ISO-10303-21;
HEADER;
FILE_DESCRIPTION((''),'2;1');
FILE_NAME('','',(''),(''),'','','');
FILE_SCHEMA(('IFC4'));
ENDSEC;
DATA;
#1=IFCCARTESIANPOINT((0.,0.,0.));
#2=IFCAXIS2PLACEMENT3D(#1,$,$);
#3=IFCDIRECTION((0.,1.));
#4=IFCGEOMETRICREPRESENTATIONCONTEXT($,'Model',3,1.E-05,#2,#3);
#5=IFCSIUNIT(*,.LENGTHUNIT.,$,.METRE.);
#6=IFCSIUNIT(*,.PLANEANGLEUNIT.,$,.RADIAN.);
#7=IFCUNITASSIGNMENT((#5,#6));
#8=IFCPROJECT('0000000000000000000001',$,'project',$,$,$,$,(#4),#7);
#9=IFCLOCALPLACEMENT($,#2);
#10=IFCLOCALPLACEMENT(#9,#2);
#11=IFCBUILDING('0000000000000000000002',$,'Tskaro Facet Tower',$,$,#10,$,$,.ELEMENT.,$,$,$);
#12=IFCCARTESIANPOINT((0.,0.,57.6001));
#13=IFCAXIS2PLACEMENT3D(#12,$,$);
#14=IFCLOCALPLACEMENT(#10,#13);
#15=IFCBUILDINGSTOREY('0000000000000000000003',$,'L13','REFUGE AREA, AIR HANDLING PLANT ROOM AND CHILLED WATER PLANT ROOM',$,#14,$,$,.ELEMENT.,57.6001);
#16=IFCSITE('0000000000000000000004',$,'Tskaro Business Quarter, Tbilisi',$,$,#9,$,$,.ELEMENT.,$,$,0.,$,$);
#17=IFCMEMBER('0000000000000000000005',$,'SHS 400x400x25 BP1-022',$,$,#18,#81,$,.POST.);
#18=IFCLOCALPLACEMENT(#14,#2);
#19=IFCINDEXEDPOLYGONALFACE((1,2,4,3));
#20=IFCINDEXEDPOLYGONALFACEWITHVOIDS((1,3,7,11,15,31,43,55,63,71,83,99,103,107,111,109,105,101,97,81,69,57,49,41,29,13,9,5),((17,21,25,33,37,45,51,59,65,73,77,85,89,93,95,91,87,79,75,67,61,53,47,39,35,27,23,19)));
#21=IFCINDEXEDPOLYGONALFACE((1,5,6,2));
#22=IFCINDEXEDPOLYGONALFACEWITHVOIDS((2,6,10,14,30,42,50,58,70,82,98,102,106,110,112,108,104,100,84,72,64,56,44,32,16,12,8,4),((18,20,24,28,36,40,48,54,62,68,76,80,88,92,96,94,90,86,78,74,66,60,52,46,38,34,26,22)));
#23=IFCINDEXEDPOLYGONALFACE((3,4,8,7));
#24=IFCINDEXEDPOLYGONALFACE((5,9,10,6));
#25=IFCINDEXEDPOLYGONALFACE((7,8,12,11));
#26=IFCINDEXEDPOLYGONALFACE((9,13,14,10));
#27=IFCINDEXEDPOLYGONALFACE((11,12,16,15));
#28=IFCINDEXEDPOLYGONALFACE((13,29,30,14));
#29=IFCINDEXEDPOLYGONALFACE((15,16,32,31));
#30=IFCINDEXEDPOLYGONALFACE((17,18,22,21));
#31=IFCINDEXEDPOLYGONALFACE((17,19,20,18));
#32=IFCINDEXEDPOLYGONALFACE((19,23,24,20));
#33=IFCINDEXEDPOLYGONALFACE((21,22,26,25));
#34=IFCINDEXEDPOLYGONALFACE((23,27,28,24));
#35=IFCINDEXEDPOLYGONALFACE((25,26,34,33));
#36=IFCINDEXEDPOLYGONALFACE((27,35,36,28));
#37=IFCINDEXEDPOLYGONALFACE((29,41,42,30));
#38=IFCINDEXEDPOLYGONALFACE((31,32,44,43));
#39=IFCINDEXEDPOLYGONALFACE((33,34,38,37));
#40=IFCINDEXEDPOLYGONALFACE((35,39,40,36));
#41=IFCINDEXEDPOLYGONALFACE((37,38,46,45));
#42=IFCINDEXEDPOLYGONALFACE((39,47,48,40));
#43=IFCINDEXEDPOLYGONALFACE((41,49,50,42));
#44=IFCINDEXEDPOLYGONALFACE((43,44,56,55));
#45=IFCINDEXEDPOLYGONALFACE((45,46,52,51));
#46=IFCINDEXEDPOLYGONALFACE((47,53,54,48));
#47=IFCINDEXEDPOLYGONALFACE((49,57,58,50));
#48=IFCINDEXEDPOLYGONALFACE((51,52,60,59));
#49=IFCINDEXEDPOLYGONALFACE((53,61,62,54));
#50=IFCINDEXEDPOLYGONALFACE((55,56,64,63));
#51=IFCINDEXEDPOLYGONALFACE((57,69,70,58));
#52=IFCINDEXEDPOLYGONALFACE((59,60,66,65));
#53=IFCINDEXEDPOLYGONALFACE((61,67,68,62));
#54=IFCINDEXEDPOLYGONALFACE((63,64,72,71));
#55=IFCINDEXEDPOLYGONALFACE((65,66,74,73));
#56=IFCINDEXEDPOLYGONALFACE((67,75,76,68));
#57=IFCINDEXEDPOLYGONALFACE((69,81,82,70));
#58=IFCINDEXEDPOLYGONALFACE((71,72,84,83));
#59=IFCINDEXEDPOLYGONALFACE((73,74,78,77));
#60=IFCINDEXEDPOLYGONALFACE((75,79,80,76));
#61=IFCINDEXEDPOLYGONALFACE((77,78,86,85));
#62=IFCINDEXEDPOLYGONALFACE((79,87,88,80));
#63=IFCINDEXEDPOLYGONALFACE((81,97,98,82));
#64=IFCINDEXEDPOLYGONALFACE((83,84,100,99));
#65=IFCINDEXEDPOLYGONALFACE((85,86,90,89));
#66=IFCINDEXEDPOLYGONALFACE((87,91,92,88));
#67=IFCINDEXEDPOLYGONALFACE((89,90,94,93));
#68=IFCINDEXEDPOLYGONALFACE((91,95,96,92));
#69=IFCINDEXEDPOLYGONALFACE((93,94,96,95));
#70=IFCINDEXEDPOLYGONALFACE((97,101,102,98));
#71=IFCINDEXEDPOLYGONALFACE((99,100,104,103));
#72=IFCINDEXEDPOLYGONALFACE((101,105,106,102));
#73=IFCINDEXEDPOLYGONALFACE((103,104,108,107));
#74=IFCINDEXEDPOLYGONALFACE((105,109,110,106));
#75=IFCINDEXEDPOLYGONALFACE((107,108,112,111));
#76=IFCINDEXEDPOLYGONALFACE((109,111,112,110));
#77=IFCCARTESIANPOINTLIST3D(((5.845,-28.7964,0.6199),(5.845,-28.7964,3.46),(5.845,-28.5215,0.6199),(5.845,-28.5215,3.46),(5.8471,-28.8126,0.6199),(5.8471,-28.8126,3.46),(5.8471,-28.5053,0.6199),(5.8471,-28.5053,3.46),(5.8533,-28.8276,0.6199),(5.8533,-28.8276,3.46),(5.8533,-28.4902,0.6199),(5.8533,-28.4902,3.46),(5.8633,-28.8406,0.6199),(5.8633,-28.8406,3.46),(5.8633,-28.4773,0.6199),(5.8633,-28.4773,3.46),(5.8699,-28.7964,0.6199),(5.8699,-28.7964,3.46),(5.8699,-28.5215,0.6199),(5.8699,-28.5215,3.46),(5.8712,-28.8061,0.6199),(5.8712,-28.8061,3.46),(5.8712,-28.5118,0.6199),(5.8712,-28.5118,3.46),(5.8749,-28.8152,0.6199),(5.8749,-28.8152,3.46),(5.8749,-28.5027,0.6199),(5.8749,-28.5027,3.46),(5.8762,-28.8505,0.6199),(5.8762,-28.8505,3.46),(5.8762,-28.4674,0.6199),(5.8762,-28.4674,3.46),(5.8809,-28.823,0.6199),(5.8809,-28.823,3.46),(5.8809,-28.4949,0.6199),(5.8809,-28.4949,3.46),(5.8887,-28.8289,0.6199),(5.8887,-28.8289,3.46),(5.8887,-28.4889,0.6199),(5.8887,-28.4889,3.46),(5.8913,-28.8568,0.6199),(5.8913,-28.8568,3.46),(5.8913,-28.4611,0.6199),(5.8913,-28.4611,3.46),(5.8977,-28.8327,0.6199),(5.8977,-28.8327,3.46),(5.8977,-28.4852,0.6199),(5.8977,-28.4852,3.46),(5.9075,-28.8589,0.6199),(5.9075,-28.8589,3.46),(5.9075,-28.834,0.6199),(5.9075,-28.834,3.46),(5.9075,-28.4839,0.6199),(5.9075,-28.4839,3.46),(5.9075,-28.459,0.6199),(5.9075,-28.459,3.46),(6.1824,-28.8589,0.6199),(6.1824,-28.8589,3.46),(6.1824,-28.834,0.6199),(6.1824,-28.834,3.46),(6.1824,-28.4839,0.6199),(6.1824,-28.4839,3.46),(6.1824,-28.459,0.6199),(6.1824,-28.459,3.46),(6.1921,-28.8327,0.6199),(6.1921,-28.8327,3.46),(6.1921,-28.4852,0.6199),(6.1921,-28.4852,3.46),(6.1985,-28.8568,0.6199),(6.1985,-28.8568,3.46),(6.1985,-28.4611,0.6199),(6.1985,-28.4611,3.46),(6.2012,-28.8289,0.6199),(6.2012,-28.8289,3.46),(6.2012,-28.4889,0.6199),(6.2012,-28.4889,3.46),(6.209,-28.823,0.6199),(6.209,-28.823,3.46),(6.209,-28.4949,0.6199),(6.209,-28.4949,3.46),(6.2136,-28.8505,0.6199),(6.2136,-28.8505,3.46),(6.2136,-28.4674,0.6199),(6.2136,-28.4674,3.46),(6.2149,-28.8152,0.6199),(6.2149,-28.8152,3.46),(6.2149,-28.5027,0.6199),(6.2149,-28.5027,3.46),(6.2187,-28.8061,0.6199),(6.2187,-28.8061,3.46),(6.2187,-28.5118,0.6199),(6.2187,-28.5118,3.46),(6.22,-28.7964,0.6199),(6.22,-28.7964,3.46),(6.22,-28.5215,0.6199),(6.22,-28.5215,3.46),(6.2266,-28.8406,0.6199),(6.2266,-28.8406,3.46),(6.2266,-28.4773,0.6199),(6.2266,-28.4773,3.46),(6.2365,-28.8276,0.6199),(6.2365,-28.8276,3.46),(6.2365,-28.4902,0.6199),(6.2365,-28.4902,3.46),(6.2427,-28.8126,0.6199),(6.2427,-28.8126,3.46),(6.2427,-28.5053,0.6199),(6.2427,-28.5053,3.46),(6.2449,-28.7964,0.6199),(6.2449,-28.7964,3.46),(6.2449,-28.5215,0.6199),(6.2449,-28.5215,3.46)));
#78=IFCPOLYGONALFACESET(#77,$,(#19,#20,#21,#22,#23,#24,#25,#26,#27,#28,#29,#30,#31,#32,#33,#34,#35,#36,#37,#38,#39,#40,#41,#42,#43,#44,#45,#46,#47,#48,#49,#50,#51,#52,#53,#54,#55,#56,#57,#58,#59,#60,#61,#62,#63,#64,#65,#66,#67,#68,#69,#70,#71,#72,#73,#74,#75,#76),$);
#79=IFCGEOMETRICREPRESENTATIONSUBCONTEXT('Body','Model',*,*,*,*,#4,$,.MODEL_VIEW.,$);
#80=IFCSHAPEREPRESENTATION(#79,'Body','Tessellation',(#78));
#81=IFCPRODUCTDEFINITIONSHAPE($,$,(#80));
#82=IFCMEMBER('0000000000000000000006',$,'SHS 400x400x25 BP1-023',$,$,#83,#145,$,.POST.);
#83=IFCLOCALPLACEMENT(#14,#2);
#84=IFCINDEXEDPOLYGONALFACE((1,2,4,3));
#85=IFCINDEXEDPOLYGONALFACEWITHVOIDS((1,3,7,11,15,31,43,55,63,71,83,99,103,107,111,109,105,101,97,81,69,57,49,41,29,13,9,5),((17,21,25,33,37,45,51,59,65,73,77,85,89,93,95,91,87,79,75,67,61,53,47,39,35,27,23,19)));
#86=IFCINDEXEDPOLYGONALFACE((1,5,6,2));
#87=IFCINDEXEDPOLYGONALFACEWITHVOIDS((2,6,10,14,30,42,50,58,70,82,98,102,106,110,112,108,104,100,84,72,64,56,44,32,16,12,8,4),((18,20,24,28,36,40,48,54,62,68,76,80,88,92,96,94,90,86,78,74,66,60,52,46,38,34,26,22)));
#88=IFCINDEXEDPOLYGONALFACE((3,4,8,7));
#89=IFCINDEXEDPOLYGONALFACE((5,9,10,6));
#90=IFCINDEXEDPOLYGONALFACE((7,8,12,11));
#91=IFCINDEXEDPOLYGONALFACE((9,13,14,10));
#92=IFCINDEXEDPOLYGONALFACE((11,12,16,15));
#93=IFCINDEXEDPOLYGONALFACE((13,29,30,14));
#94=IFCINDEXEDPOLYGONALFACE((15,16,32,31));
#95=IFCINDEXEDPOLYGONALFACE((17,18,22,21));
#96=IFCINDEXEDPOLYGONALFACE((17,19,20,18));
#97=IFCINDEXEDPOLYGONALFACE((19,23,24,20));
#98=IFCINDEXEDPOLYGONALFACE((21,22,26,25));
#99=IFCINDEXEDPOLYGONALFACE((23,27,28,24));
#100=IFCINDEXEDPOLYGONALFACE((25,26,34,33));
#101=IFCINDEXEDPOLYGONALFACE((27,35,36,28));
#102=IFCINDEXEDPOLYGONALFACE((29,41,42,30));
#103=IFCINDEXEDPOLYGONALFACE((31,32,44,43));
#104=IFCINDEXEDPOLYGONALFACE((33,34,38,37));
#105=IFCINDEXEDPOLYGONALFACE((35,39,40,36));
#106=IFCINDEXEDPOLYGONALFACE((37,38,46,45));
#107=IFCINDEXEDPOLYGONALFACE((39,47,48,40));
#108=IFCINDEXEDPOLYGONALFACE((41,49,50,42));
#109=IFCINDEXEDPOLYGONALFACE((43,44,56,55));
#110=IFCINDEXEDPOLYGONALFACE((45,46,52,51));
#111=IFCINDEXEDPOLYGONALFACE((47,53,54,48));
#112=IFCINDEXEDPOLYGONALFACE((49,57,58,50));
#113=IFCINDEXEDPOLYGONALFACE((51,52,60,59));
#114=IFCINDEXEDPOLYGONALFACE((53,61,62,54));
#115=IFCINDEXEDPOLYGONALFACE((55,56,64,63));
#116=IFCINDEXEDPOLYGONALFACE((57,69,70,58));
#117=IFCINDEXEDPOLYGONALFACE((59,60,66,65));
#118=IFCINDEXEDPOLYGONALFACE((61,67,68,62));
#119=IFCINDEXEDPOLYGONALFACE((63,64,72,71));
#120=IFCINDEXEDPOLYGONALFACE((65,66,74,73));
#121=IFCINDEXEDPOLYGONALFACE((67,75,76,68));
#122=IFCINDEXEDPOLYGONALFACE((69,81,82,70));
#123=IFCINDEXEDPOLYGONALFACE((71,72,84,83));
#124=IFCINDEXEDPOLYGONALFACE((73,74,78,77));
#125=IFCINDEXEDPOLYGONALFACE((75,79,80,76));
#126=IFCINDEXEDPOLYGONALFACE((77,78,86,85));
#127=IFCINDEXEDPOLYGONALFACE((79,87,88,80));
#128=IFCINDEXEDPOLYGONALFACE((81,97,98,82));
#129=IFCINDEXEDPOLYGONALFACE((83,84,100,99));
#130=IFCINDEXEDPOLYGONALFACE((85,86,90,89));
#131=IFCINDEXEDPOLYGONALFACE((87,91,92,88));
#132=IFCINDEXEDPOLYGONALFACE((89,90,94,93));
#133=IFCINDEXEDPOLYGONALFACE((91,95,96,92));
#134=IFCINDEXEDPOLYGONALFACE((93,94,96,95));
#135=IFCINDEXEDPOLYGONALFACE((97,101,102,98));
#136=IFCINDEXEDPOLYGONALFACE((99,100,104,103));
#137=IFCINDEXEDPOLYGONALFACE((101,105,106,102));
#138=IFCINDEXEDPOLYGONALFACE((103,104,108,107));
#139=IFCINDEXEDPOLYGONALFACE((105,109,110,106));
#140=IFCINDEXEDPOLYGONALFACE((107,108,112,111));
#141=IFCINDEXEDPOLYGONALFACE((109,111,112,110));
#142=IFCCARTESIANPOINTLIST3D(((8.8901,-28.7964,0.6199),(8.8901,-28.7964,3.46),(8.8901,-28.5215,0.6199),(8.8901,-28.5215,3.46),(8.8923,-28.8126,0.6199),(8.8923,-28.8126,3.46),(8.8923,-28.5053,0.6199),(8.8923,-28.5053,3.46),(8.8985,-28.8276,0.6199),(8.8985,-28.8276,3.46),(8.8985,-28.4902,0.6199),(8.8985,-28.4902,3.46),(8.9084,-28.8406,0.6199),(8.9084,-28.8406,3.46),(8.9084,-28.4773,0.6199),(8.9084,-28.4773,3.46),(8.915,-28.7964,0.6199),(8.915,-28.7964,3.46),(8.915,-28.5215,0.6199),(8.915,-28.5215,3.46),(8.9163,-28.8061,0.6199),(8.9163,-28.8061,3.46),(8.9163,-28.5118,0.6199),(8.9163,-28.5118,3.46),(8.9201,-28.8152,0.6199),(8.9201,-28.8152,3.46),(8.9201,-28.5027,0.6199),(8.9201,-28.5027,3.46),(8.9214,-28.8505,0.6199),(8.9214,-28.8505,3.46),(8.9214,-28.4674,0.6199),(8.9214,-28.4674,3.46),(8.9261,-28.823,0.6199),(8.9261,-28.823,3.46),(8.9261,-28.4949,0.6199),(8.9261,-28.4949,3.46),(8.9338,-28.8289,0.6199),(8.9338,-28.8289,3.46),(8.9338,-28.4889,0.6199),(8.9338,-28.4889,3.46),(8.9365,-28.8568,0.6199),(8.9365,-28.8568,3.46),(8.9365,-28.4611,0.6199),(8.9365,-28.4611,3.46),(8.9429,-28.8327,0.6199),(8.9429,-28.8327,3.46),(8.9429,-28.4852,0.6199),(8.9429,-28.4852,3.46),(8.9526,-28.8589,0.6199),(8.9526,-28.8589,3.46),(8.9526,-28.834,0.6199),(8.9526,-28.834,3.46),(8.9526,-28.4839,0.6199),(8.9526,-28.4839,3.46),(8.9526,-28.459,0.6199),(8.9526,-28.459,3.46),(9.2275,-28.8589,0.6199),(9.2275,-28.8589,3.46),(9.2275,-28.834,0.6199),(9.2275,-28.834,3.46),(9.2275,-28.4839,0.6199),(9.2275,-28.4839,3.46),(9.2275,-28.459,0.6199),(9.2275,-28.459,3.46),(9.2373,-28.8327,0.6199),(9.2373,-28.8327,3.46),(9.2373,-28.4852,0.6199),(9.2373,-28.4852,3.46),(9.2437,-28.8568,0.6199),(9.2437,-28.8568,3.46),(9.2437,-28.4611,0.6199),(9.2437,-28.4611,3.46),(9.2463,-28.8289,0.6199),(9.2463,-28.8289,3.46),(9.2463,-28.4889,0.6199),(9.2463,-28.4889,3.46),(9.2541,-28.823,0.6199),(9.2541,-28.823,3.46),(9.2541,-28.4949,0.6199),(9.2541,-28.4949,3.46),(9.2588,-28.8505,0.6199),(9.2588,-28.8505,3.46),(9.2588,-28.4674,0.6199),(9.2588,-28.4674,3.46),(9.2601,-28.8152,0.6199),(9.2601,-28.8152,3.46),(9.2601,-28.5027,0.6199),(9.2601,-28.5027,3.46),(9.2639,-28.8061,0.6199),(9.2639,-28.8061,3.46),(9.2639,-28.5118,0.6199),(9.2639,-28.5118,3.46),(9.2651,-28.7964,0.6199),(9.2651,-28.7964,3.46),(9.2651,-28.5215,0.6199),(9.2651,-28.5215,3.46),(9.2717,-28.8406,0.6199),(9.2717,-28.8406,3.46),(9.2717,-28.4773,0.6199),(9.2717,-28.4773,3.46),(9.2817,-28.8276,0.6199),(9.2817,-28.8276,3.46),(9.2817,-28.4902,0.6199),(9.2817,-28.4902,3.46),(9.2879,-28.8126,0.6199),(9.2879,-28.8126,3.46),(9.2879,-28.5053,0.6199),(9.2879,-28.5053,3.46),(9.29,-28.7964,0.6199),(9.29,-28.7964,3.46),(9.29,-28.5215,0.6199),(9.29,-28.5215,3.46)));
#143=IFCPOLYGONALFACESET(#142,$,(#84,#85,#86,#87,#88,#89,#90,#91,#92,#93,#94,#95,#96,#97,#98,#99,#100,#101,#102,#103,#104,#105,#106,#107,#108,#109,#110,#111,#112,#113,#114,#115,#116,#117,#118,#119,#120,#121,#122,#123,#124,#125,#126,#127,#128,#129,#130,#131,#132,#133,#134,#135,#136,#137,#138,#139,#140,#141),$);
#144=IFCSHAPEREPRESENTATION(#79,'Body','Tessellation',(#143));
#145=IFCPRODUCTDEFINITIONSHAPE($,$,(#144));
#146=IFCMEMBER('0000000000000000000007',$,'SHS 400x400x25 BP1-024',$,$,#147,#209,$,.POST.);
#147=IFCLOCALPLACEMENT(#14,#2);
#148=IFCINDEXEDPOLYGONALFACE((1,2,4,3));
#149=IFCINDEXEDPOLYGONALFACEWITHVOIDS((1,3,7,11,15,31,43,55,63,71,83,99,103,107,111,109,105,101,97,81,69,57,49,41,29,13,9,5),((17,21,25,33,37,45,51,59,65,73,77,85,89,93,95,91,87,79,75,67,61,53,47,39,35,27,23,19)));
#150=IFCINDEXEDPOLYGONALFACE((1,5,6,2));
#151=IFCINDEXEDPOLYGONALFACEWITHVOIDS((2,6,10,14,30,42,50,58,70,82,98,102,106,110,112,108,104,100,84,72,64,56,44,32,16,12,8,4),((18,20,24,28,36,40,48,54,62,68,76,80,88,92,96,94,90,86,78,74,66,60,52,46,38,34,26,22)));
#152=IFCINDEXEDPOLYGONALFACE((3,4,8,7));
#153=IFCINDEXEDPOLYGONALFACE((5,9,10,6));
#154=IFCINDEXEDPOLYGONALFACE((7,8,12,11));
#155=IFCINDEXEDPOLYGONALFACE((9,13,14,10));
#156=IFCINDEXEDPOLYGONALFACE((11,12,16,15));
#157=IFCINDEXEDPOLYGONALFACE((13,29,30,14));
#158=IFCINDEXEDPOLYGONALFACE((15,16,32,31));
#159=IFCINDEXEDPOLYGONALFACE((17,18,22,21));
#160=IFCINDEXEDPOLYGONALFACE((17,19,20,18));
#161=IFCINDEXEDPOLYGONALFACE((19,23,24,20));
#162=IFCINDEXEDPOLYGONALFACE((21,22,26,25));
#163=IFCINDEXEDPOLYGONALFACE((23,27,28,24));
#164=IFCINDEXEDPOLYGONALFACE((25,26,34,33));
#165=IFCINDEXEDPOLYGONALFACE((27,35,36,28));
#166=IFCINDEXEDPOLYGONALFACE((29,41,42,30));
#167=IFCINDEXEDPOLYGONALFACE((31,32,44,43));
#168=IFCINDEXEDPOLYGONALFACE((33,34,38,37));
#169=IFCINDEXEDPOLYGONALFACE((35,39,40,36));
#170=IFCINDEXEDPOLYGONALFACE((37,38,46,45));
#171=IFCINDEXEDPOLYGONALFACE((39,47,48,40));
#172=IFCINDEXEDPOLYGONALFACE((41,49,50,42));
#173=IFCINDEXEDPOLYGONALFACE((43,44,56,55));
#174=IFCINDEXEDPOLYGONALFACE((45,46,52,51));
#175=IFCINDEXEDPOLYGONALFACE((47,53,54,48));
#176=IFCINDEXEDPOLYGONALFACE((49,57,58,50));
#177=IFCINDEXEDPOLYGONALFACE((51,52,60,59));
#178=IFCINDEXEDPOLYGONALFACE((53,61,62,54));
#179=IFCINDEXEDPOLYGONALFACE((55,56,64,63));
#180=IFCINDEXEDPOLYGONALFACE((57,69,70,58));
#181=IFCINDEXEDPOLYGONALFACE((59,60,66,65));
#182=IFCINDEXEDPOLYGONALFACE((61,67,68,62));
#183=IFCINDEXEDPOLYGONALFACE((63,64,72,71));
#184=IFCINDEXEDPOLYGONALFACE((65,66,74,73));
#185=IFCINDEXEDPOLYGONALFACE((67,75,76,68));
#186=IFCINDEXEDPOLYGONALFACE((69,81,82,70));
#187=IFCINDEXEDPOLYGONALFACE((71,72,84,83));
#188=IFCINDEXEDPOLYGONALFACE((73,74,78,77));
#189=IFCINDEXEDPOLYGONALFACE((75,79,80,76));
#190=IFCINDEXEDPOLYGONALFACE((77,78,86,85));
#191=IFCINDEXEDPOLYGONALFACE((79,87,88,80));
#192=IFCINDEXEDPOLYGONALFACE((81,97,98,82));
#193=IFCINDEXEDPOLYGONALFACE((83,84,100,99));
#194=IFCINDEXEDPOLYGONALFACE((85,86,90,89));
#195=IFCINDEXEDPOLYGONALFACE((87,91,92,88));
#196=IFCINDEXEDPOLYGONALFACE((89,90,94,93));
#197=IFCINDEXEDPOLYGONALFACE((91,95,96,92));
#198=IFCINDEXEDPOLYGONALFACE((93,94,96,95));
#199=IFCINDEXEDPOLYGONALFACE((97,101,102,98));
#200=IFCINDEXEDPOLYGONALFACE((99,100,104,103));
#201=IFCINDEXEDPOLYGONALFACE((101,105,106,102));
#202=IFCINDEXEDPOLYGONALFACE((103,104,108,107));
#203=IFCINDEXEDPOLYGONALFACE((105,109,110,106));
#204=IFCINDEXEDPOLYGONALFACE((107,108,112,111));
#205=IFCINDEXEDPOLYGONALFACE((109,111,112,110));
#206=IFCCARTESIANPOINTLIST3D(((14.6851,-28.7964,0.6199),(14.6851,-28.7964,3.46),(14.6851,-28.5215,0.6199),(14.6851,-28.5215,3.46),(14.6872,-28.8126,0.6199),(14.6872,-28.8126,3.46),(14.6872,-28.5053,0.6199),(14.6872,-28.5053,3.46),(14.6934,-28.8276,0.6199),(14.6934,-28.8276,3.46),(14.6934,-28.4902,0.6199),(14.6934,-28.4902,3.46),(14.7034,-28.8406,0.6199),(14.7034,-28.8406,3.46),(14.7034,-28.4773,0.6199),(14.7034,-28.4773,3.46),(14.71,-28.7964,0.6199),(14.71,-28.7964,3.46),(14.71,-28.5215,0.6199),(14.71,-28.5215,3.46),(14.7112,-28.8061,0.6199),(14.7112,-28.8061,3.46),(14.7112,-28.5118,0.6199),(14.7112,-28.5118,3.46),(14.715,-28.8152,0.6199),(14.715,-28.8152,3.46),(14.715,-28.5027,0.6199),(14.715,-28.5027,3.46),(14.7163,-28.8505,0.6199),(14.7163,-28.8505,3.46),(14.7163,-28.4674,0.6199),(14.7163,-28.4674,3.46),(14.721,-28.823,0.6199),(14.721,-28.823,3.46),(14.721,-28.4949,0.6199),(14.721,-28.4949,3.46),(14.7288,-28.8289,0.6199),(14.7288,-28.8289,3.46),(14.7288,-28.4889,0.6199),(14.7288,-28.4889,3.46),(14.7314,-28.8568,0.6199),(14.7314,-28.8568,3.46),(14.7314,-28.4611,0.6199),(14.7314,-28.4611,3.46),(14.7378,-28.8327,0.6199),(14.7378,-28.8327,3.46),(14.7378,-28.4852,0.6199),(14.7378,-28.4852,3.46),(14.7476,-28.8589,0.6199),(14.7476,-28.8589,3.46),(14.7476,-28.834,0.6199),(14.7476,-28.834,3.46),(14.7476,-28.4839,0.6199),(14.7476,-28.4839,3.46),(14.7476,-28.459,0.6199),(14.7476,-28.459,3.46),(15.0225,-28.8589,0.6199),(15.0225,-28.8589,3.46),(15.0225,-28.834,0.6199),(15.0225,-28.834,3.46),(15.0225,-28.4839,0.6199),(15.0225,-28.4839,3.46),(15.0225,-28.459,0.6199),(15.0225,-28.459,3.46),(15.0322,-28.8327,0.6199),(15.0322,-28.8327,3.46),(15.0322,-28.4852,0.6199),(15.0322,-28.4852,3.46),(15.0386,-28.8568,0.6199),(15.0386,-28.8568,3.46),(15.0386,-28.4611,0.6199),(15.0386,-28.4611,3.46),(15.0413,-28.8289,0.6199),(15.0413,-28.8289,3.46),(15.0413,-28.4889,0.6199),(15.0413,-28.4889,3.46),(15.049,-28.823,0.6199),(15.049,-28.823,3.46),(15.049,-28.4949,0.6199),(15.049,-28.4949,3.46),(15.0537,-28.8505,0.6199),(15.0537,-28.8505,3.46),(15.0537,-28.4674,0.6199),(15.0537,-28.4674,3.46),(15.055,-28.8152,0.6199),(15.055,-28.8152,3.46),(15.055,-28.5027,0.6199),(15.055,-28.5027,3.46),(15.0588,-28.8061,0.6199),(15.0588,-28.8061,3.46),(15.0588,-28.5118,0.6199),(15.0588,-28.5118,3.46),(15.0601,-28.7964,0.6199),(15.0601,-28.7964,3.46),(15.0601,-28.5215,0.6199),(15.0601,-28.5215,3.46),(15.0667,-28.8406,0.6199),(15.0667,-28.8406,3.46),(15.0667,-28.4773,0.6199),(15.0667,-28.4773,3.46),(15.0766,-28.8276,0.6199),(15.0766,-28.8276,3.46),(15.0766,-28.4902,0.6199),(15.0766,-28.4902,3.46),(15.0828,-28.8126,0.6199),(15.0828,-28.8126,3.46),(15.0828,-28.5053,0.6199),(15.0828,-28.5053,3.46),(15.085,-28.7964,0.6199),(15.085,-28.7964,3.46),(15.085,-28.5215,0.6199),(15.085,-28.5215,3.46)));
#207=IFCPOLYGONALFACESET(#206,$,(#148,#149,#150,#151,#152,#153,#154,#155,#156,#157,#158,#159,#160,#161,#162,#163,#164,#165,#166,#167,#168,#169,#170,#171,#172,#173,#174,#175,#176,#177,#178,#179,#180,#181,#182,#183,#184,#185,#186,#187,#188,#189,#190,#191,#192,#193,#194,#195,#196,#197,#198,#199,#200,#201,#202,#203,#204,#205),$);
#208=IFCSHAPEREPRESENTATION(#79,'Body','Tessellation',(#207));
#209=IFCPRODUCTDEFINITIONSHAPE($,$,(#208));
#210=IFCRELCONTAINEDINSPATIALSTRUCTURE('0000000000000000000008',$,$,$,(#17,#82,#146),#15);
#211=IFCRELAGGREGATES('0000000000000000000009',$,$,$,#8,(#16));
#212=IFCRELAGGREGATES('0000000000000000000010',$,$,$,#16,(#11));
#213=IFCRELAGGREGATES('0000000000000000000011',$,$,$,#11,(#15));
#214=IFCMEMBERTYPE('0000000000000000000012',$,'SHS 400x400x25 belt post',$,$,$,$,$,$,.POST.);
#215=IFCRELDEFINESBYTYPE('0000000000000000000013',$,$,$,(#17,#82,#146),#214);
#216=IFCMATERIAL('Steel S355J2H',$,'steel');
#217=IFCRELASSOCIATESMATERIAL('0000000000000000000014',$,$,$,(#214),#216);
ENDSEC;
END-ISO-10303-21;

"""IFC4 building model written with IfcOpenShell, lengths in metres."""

from ifc_helpers import new_model, si_unit, direction, frame, origin, origin_2d, place, context, subcontext, project, spatial, hollow_rectangle, extrude, material, material_profile, profile_set, type_object, element, save


model = new_model("IFC4")

# Units and contexts
model_context = context("Model", 3, precision=1e-05, world=origin(), true_north=direction((0.0, 1.0)))
body_context = subcontext(model_context, "Body", "Model", "MODEL_VIEW")
ifc_project = project(units=[si_unit("LENGTHUNIT", "METRE"), si_unit("PLANEANGLEUNIT", "RADIAN")], contexts=[model_context])

# Site, building, storey
site_placement = place(None, origin())
site = spatial("IfcSite", under=ifc_project, at=site_placement, Name="Tskaro Business Quarter, Tbilisi", CompositionType="ELEMENT", RefElevation=0.0)
building_placement = place(site_placement, origin())
building = spatial("IfcBuilding", under=site, at=building_placement, Name="Tskaro Facet Tower", CompositionType="ELEMENT")
storey_placement = place(building_placement, frame((0.0, 0.0, 57.6001)))
storey = spatial("IfcBuildingStorey", under=building, at=storey_placement, Name="L13", Description="REFUGE AREA, AIR HANDLING PLANT ROOM AND CHILLED WATER PLANT ROOM", CompositionType="ELEMENT", Elevation=57.6001)

# Shared definitions
ifc_material_1 = material(Name="Steel S355J2H", Category="steel")

# Members
ifc_material_profile_1 = material_profile(ifc_material_1, hollow_rectangle(XDim=0.3999, YDim=0.3999, WallThickness=0.0249, InnerFilletRadius=0.0376, OuterFilletRadius=0.0625, at=origin_2d()), Name="SHS 400x400x25")
ifc_profile_set_1 = profile_set([ifc_material_profile_1], Name="Steel S355J2H")
member_type_1 = type_object("IfcMemberType", Name="SHS 400x400x25 belt post", PredefinedType="POST", material=ifc_profile_set_1)
for number, where, z_axis, x_axis, name in (
    (1, (6.0449, -28.6589, 0.6199), (0.0, 0.0, 1.0), (1.0, 0.0, 0.0), "SHS 400x400x25 BP1-022"),
    (2, (9.0901, -28.6589, 0.6199), (0.0, 0.0, 1.0), (1.0, 0.0, 0.0), "SHS 400x400x25 BP1-023"),
    (3, (14.885, -28.6589, 0.6199), (0.0, 0.0, 1.0), (1.0, 0.0, 0.0), "SHS 400x400x25 BP1-024"),
):
    element("IfcMember", number, at=place(storey_placement, frame(where, z_axis=z_axis, x_axis=x_axis)), inside=storey, type_object=member_type_1, Name=name, PredefinedType="POST", context=body_context, shape_type="SweptSolid", body=[
        extrude(hollow_rectangle(XDim=0.3999, YDim=0.3999, WallThickness=0.0249, InnerFilletRadius=0.0376, OuterFilletRadius=0.0625, at=origin_2d()), origin(), (0.0, 0.0, 1.0), 2.8401),
    ])

save(model, "model.ifc")
